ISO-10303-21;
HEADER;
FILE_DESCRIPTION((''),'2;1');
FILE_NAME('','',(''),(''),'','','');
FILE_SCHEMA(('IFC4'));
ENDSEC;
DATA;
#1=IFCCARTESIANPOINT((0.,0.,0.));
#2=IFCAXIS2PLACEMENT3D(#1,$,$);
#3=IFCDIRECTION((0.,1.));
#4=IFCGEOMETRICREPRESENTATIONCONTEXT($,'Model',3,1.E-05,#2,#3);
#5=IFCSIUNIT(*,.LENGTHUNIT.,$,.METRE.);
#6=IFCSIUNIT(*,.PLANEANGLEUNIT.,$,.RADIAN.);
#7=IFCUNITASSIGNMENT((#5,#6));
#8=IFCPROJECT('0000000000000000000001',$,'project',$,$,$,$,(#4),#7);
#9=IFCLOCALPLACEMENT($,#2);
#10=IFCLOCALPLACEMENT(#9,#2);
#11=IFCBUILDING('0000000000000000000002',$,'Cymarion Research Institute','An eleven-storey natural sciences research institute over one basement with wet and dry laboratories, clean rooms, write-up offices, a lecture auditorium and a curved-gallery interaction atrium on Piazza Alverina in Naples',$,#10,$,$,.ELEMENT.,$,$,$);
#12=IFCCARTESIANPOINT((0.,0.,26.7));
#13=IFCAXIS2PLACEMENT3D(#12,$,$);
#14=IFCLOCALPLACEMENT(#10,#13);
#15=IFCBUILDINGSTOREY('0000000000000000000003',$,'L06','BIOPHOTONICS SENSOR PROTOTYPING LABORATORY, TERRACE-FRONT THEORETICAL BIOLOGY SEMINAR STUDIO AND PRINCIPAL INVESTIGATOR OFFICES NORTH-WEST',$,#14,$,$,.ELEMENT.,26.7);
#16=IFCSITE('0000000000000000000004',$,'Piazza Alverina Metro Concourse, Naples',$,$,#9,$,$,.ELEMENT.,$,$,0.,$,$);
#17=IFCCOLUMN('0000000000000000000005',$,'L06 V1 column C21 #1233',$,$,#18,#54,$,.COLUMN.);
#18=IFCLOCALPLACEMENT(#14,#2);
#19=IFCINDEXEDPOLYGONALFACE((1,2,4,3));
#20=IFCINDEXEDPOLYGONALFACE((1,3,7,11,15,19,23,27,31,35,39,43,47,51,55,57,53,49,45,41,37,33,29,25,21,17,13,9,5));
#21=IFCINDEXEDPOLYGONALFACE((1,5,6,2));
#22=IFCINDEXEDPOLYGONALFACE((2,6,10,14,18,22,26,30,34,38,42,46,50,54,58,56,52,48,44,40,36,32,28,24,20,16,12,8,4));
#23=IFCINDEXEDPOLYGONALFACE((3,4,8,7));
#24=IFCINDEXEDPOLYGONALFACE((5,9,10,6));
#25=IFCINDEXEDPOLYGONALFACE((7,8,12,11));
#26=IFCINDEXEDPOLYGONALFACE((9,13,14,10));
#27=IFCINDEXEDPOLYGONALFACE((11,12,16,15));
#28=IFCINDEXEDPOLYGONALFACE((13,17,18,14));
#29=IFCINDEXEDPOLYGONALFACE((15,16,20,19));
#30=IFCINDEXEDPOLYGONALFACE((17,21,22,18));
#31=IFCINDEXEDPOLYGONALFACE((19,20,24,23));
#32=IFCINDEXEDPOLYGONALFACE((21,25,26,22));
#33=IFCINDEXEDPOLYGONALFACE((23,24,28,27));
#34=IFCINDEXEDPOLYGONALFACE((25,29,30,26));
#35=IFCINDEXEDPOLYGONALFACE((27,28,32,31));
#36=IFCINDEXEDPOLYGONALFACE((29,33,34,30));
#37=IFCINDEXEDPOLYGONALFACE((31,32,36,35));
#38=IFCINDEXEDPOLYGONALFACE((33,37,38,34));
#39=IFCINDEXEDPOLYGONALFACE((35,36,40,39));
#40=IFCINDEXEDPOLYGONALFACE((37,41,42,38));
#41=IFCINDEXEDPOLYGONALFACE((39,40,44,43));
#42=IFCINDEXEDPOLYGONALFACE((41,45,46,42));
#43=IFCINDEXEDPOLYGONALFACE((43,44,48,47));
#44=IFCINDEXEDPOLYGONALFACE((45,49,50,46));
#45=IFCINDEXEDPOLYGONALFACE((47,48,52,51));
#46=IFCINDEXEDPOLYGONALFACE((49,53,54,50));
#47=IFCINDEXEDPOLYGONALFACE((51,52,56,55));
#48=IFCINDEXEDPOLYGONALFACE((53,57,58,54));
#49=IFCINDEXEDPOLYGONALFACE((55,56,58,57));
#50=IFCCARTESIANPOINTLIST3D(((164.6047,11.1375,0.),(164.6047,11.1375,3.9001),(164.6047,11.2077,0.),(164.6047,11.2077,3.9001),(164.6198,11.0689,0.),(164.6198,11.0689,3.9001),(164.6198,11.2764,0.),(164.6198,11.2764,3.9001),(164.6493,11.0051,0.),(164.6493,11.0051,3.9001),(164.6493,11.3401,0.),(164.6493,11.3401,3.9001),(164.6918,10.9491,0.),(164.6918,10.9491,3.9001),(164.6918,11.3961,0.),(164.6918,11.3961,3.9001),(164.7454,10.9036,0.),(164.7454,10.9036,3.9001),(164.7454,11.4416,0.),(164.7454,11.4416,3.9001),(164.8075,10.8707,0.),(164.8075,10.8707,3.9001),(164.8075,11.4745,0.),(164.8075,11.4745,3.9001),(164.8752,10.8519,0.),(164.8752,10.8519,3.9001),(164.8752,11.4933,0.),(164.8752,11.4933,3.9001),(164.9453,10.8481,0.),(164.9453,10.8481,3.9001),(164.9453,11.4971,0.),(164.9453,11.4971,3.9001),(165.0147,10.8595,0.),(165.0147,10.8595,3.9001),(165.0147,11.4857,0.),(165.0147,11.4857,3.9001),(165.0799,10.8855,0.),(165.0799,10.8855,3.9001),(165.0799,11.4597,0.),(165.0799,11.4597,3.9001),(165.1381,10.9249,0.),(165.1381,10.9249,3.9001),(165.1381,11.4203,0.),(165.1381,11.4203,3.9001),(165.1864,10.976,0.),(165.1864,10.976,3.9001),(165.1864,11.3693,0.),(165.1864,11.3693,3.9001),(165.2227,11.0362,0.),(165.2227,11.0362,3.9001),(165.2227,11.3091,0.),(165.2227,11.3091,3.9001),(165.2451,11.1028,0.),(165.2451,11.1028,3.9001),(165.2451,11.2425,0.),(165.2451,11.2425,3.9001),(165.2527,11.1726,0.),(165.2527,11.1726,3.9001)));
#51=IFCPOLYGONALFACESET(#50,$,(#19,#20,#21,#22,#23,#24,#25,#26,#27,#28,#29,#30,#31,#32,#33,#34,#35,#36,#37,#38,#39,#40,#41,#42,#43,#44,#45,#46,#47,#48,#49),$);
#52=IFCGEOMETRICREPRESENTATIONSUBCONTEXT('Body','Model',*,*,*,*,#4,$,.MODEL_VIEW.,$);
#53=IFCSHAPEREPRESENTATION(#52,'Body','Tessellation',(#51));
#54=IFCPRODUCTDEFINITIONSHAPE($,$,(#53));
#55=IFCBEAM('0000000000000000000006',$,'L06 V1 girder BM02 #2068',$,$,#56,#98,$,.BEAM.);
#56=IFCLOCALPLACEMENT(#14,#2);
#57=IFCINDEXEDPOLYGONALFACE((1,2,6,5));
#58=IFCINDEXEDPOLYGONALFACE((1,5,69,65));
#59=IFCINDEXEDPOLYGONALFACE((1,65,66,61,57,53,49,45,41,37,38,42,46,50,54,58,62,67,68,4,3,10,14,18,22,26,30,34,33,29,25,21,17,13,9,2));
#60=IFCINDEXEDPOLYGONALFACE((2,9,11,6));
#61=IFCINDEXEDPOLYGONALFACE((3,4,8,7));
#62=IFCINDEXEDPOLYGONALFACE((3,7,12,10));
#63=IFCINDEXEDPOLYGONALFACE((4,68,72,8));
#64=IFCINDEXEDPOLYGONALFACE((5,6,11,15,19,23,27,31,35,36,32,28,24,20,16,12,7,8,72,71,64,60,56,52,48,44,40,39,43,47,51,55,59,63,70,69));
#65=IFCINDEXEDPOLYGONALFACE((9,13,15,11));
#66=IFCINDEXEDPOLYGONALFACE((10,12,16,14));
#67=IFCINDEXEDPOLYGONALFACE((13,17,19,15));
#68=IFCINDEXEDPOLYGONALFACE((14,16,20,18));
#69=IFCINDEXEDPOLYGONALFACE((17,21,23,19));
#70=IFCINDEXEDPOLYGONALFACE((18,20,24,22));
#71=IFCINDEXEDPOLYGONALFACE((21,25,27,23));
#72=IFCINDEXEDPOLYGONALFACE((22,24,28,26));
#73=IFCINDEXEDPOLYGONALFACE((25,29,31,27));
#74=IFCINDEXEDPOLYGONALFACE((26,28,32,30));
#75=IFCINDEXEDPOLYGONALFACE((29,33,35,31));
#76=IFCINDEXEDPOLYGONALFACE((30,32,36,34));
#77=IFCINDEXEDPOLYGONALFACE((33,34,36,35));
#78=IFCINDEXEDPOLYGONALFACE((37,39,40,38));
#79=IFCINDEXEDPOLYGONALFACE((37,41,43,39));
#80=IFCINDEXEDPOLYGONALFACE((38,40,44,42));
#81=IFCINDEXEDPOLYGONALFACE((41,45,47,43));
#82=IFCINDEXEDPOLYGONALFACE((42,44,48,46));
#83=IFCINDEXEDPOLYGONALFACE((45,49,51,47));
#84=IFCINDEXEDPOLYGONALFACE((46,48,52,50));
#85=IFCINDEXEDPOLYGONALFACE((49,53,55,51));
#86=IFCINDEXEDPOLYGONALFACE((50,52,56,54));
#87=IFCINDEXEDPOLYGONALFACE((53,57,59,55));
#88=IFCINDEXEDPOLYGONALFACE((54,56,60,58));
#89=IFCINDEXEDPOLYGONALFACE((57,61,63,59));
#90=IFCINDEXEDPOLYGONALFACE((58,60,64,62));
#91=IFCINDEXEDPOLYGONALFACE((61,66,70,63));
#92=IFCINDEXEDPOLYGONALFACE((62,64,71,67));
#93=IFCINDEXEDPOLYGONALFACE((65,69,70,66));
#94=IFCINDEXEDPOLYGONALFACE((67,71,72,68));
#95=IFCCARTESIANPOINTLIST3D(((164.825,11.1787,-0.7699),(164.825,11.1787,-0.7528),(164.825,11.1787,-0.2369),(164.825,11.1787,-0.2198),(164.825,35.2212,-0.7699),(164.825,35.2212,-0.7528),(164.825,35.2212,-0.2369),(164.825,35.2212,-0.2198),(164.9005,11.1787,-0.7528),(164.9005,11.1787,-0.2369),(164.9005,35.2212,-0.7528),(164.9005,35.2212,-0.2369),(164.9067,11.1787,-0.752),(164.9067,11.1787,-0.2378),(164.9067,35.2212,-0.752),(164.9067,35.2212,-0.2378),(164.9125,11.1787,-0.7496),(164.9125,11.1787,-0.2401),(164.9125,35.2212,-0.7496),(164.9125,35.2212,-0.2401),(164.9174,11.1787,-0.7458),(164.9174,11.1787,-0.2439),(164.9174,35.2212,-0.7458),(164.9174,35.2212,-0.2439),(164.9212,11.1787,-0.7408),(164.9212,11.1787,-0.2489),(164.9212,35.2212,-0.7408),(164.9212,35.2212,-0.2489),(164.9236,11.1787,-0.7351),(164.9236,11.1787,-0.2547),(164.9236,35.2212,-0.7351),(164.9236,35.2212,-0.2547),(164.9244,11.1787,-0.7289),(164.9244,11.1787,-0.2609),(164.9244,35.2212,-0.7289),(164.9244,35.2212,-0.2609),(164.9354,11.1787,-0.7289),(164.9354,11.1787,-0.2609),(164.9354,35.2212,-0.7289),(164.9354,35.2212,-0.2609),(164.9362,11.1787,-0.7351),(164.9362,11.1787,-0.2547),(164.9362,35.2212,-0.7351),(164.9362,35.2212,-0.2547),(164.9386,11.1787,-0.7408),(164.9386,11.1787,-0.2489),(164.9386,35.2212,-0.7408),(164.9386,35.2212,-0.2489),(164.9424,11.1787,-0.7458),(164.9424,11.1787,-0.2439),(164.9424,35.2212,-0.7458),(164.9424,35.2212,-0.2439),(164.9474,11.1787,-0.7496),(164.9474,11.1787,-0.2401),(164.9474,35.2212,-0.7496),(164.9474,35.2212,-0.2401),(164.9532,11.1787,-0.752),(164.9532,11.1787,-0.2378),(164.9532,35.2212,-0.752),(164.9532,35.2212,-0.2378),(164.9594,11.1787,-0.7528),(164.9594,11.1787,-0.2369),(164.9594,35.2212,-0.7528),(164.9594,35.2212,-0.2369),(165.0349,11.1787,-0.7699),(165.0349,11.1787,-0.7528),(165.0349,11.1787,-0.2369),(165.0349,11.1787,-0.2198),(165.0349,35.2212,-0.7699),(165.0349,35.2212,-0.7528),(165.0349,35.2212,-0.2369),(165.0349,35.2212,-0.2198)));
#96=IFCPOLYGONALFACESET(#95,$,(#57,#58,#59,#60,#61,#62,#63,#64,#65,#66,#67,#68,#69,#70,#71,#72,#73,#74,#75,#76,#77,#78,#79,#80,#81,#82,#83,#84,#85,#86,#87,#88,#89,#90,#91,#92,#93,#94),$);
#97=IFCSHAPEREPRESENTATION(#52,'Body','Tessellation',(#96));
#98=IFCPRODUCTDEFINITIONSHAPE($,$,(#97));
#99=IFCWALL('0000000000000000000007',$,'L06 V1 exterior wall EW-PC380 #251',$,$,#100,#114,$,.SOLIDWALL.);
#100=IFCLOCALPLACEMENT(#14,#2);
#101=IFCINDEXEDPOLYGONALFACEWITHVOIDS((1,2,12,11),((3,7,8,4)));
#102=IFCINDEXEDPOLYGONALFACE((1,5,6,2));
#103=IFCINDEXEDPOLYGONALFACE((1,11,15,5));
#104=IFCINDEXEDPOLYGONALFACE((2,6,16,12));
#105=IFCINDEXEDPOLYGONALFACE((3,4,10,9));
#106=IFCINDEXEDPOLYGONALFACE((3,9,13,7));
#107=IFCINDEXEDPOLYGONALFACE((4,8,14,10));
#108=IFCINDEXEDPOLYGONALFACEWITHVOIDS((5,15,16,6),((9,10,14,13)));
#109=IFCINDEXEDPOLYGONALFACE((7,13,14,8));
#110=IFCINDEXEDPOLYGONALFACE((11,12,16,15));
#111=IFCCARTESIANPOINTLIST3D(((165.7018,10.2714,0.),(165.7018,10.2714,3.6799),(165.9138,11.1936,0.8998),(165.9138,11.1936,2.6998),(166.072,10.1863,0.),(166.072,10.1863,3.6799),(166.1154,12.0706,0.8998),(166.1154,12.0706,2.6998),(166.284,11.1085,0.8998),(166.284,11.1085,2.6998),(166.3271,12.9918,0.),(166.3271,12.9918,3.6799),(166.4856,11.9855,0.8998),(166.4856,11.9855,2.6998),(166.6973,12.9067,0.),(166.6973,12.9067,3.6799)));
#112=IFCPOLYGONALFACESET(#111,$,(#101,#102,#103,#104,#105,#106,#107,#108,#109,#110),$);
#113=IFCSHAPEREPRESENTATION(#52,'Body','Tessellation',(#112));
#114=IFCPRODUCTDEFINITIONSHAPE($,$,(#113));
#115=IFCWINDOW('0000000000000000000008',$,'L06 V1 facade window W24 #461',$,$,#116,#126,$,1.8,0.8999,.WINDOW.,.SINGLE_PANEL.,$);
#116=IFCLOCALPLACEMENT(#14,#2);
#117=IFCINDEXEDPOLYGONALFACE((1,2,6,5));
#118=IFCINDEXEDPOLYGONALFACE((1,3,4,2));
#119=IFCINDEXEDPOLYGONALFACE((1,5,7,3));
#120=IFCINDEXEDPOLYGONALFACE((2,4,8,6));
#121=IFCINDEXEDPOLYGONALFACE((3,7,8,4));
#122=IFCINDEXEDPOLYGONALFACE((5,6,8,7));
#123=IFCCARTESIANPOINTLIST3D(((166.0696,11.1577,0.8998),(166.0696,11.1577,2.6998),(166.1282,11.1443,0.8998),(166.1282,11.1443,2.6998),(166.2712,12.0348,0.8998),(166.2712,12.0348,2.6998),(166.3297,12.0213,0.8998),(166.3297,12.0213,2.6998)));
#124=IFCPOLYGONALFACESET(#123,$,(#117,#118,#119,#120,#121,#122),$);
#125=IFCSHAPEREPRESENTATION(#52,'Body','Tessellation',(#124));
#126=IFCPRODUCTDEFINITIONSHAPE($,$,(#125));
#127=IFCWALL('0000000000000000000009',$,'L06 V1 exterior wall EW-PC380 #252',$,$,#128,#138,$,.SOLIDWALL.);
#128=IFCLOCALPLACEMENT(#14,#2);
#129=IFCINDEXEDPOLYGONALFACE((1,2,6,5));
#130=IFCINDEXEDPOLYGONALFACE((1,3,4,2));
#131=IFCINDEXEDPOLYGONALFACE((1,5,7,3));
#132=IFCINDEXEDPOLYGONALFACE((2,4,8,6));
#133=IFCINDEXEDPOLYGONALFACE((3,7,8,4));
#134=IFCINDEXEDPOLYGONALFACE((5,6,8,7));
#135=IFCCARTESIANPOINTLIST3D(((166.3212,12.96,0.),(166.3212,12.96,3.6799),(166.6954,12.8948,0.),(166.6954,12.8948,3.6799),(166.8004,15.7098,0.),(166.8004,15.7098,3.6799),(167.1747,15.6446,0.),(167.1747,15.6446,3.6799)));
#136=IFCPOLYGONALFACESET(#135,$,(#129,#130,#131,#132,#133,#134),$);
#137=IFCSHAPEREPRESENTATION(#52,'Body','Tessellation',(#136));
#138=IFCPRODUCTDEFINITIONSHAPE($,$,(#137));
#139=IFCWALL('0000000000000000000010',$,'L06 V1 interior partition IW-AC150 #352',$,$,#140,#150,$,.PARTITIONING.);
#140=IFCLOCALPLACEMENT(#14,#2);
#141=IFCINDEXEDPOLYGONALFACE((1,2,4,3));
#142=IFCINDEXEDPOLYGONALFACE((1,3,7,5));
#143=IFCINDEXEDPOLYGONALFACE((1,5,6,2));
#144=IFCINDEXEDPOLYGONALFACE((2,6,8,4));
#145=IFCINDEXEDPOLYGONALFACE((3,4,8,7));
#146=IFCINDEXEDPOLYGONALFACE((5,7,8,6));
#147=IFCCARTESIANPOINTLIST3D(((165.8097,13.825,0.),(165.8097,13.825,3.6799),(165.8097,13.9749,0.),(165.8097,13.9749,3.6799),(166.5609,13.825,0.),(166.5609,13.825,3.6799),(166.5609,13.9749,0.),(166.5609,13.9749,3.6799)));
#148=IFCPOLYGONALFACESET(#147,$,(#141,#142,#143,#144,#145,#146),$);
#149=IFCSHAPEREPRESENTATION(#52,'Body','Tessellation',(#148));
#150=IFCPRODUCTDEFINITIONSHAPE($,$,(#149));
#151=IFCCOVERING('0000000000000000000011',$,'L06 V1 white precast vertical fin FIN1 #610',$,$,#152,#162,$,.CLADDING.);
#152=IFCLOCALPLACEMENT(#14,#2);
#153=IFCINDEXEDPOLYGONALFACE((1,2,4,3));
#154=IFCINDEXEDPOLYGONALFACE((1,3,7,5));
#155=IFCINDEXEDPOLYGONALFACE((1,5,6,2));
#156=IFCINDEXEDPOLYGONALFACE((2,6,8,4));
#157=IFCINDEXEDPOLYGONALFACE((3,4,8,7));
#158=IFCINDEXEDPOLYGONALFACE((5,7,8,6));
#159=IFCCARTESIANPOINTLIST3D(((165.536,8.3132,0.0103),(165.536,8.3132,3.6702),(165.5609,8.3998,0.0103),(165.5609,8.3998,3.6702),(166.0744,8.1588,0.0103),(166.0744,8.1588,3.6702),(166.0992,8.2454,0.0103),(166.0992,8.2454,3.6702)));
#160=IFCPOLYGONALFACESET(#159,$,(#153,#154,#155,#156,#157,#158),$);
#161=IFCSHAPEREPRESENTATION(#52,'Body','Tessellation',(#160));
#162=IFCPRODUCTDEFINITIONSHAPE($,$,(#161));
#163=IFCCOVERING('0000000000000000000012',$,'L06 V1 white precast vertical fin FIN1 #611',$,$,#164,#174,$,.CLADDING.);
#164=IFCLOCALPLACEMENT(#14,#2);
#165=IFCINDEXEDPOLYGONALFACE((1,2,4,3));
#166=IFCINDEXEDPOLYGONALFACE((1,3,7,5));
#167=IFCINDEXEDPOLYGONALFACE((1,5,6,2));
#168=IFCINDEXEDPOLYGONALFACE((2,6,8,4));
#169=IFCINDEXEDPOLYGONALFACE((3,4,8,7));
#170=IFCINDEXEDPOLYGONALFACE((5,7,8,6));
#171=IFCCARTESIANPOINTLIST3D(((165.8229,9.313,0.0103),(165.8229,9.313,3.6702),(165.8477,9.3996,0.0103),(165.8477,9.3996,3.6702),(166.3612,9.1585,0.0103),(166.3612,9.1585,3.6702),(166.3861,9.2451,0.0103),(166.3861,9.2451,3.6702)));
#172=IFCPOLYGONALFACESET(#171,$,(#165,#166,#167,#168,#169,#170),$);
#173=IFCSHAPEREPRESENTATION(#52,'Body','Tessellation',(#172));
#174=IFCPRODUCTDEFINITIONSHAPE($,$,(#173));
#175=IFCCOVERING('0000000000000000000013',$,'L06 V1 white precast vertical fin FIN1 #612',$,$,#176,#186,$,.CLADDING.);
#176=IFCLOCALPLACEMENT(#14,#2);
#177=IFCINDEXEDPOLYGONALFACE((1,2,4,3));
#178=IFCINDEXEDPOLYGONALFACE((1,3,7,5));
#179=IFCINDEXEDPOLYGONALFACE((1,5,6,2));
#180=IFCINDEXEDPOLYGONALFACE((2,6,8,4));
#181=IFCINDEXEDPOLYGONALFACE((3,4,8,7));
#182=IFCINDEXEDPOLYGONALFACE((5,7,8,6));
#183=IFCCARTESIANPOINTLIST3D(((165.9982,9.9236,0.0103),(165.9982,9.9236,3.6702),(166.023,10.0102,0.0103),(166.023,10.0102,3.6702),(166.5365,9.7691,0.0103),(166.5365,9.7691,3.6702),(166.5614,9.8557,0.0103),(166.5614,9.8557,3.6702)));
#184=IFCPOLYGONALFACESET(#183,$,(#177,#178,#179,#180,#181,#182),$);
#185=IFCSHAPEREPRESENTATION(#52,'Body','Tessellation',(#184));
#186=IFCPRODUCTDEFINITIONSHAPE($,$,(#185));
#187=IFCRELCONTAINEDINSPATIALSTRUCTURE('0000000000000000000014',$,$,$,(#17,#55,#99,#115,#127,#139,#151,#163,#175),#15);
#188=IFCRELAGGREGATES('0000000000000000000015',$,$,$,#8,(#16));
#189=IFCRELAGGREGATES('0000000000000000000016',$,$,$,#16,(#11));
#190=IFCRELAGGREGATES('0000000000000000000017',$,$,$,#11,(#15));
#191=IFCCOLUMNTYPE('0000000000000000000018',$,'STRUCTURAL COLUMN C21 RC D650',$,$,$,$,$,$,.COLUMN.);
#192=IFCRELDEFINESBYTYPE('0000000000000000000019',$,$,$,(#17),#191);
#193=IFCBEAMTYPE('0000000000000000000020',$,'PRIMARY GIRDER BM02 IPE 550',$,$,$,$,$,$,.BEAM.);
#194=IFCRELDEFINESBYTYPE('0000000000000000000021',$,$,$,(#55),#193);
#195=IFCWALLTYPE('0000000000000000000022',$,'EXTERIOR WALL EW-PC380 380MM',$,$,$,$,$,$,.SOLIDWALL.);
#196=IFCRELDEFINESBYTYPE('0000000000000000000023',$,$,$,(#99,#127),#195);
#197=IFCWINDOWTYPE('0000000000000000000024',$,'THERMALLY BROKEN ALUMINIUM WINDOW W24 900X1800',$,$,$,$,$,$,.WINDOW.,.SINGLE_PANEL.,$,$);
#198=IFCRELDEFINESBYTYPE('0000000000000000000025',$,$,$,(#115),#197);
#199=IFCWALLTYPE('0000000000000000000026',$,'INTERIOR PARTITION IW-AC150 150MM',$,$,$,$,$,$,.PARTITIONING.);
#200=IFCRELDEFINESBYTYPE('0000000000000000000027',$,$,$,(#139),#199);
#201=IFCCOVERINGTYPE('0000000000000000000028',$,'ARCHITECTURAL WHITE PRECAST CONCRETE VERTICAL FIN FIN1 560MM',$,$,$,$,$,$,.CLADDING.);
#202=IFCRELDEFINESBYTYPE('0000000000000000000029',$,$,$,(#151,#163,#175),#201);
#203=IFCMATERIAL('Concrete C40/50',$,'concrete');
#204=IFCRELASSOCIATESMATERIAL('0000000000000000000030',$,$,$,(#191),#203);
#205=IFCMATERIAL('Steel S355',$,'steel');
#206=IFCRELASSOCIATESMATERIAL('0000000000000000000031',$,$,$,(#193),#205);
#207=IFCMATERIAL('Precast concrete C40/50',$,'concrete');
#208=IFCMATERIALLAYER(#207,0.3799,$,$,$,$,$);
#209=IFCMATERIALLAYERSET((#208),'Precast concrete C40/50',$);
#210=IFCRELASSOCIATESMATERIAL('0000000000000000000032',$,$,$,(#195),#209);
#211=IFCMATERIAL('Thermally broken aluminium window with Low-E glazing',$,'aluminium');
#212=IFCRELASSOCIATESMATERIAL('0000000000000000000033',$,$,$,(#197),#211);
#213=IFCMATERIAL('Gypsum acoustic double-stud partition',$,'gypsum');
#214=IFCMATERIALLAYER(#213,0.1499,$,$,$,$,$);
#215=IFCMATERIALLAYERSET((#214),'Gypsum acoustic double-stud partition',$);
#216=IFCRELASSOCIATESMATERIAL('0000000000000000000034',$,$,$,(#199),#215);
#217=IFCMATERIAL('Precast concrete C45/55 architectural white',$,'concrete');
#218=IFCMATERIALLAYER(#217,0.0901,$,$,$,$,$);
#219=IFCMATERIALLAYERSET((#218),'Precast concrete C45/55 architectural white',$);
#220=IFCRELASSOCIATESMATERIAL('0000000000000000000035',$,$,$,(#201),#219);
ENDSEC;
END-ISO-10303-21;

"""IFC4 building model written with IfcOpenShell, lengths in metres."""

from ifc_helpers import new_model, si_unit, direction, frame, frame_2d, origin, origin_2d, place, context, subcontext, project, spatial, rectangle, circle, i_section, extrude, material, layer, layer_set, material_profile, profile_set, type_object, element, fill, save


model = new_model("IFC4")

# Units and contexts
model_context = context("Model", 3, precision=1e-05, world=origin(), true_north=direction((0.0, 1.0)))
body_context = subcontext(model_context, "Body", "Model", "MODEL_VIEW")
ifc_project = project(units=[si_unit("LENGTHUNIT", "METRE"), si_unit("PLANEANGLEUNIT", "RADIAN")], contexts=[model_context])

# Site, building, storey
site_placement = place(None, origin())
site = spatial("IfcSite", under=ifc_project, at=site_placement, Name="Piazza Alverina Metro Concourse, Naples", CompositionType="ELEMENT", RefElevation=0.0)
building_placement = place(site_placement, origin())
building = spatial("IfcBuilding", under=site, at=building_placement, Name="Cymarion Research Institute", Description="An eleven-storey natural sciences research institute over one basement with wet and dry laboratories, clean rooms, write-up offices, a lecture auditorium and a curved-gallery interaction atrium on Piazza Alverina in Naples", CompositionType="ELEMENT")
storey_placement = place(building_placement, frame((0.0, 0.0, 26.7)))
storey = spatial("IfcBuildingStorey", under=building, at=storey_placement, Name="L06", Description="BIOPHOTONICS SENSOR PROTOTYPING LABORATORY, TERRACE-FRONT THEORETICAL BIOLOGY SEMINAR STUDIO AND PRINCIPAL INVESTIGATOR OFFICES NORTH-WEST", CompositionType="ELEMENT", Elevation=26.7)

# Column
ifc_material_1 = material(Name="Concrete C40/50", Category="concrete")
ifc_material_profile_1 = material_profile(ifc_material_1, circle(Radius=0.325, at=origin_2d()), Name="RC D650")
ifc_profile_set_1 = profile_set([ifc_material_profile_1], Name="Concrete C40/50")
column_type = type_object("IfcColumnType", Name="STRUCTURAL COLUMN C21 RC D650", PredefinedType="COLUMN", material=ifc_profile_set_1)
column_placement = place(storey_placement, frame((164.9277, 11.1726, 0.0), z_axis=(0.0, 0.0, 1.0), x_axis=(1.0, 0.0, 0.0)))
element("IfcColumn", 1, at=column_placement, inside=storey, type_object=column_type, Name="L06 V1 column C21 #1233", PredefinedType="COLUMN", context=body_context, shape_type="SweptSolid", body=[
    extrude(circle(Radius=0.325, at=origin_2d()), origin(), (0.0, 0.0, 1.0), 3.9001),
])

# Beam
ifc_material_2 = material(Name="Steel S355", Category="steel")
ifc_material_profile_2 = material_profile(ifc_material_2, i_section(OverallWidth=0.21, OverallDepth=0.55, WebThickness=0.011, FlangeThickness=0.0171, FilletRadius=0.0239, at=origin_2d()), Name="IPE 550")
ifc_profile_set_2 = profile_set([ifc_material_profile_2], Name="Steel S355")
beam_type = type_object("IfcBeamType", Name="PRIMARY GIRDER BM02 IPE 550", PredefinedType="BEAM", material=ifc_profile_set_2)
beam_placement = place(storey_placement, frame((164.9299, 11.1787, -0.4949), z_axis=(0.0, 1.0, 0.0), x_axis=(-1.0, 0.0, 0.0)))
element("IfcBeam", 2, at=beam_placement, inside=storey, type_object=beam_type, Name="L06 V1 girder BM02 #2068", PredefinedType="BEAM", context=body_context, shape_type="SweptSolid", body=[
    extrude(i_section(OverallWidth=0.21, OverallDepth=0.55, WebThickness=0.011, FlangeThickness=0.0171, FilletRadius=0.0239, at=origin_2d()), origin(), (0.0, 0.0, 1.0), 24.0425),
])

# Wall, opening, window
ifc_material_3 = material(Name="Precast concrete C40/50", Category="concrete")
ifc_layer_1 = layer(ifc_material_3, 0.3799)
ifc_layer_set_1 = layer_set([ifc_layer_1], Name="Precast concrete C40/50")
wall_type_1 = type_object("IfcWallType", Name="EXTERIOR WALL EW-PC380 380MM", PredefinedType="SOLIDWALL", material=ifc_layer_set_1)
wall_1_placement = place(storey_placement, frame((165.887, 10.229, 0.0), z_axis=(0.0, 0.0, 1.0), x_axis=(0.22401, 0.974587, 0.0)))
wall_1 = element("IfcWall", 3, at=wall_1_placement, inside=storey, type_object=wall_type_1, Name="L06 V1 exterior wall EW-PC380 #251", PredefinedType="SOLIDWALL", context=body_context, shape_type="SweptSolid", body=[
    extrude(rectangle(XDim=2.7913, YDim=0.3799, at=frame_2d((1.3955, 0.0))), origin(), (0.0, 0.0, 1.0), 3.6799),
])
opening_placement = place(wall_1_placement, frame((0.946, 0.0, 0.8999)))
opening = element("IfcOpeningElement", 4, at=opening_placement, cuts=wall_1, PredefinedType="OPENING", context=body_context, shape_type="SweptSolid", body=[
    extrude(rectangle(XDim=0.8999, YDim=1.8, at=frame_2d((0.45, 0.8999))), frame((0.0, 0.2, 0.0), z_axis=(0.0, -1.0, 0.0), x_axis=(1.0, 0.0, 0.0)), (0.0, 0.0, 1.0), 0.3999),
])
ifc_material_4 = material(Name="Thermally broken aluminium window with Low-E glazing", Category="aluminium")
window_type = type_object("IfcWindowType", Name="THERMALLY BROKEN ALUMINIUM WINDOW W24 900X1800", PartitioningType="SINGLE_PANEL", PredefinedType="WINDOW", material=ifc_material_4)
window_placement = place(opening_placement, origin())
window = element("IfcWindow", 5, at=window_placement, inside=storey, type_object=window_type, Name="L06 V1 facade window W24 #461", OverallHeight=1.8, OverallWidth=0.8999, PartitioningType="SINGLE_PANEL", PredefinedType="WINDOW", context=body_context, shape_type="SweptSolid", body=[
    extrude(rectangle(XDim=0.8999, YDim=1.8, at=frame_2d((0.45, 0.8999))), frame((0.0, 0.03, 0.0), z_axis=(0.0, -1.0, 0.0), x_axis=(1.0, 0.0, 0.0)), (0.0, 0.0, 1.0), 0.0601),
])
fill(opening, window)

# Walls
wall_2_placement = place(storey_placement, frame((166.5083, 12.9275, 0.0), z_axis=(0.0, 0.0, 1.0), x_axis=(0.171699, 0.985149, 0.0)))
element("IfcWall", 6, at=wall_2_placement, inside=storey, type_object=wall_type_1, Name="L06 V1 exterior wall EW-PC380 #252", PredefinedType="SOLIDWALL", context=body_context, shape_type="SweptSolid", body=[
    extrude(rectangle(XDim=2.7913, YDim=0.3799, at=frame_2d((1.3955, 0.0))), origin(), (0.0, 0.0, 1.0), 3.6799),
])
ifc_material_5 = material(Name="Gypsum acoustic double-stud partition", Category="gypsum")
ifc_layer_2 = layer(ifc_material_5, 0.1499)
ifc_layer_set_2 = layer_set([ifc_layer_2], Name="Gypsum acoustic double-stud partition")
wall_type_2 = type_object("IfcWallType", Name="INTERIOR PARTITION IW-AC150 150MM", PredefinedType="PARTITIONING", material=ifc_layer_set_2)
wall_3_placement = place(storey_placement, frame((165.8098, 13.8999, 0.0), z_axis=(0.0, 0.0, 1.0), x_axis=(1.0, 0.0, 0.0)))
element("IfcWall", 7, at=wall_3_placement, inside=storey, type_object=wall_type_2, Name="L06 V1 interior partition IW-AC150 #352", PredefinedType="PARTITIONING", context=body_context, shape_type="SweptSolid", body=[
    extrude(rectangle(XDim=0.7512, YDim=0.1499, at=frame_2d((0.3755, 0.0))), origin(), (0.0, 0.0, 1.0), 3.6799),
])

# Coverings
ifc_material_6 = material(Name="Precast concrete C45/55 architectural white", Category="concrete")
ifc_layer_3 = layer(ifc_material_6, 0.0901)
ifc_layer_set_3 = layer_set([ifc_layer_3], Name="Precast concrete C45/55 architectural white")
covering_type = type_object("IfcCoveringType", Name="ARCHITECTURAL WHITE PRECAST CONCRETE VERTICAL FIN FIN1 560MM", PredefinedType="CLADDING", material=ifc_layer_set_3)
for number, where, z_axis, x_axis, name in (
    (8, (165.8176, 8.2793, 0.0103), (0.0, 0.0, 1.0), (0.961214, -0.275805, 0.0), "L06 V1 white precast vertical fin FIN1 #610"),
    (9, (166.1045, 9.2791, 0.0103), (0.0, 0.0, 1.0), (0.961214, -0.275805, 0.0), "L06 V1 white precast vertical fin FIN1 #611"),
    (10, (166.2798, 9.8896, 0.0103), (0.0, 0.0, 1.0), (0.961214, -0.275805, 0.0), "L06 V1 white precast vertical fin FIN1 #612"),
):
    element("IfcCovering", number, at=place(storey_placement, frame(where, z_axis=z_axis, x_axis=x_axis)), inside=storey, type_object=covering_type, Name=name, PredefinedType="CLADDING", context=body_context, shape_type="SweptSolid", body=[
        extrude(rectangle(XDim=0.5601, YDim=0.0901, at=origin_2d()), origin(), (0.0, 0.0, 1.0), 3.6599),
    ])

save(model, "model.ifc")
